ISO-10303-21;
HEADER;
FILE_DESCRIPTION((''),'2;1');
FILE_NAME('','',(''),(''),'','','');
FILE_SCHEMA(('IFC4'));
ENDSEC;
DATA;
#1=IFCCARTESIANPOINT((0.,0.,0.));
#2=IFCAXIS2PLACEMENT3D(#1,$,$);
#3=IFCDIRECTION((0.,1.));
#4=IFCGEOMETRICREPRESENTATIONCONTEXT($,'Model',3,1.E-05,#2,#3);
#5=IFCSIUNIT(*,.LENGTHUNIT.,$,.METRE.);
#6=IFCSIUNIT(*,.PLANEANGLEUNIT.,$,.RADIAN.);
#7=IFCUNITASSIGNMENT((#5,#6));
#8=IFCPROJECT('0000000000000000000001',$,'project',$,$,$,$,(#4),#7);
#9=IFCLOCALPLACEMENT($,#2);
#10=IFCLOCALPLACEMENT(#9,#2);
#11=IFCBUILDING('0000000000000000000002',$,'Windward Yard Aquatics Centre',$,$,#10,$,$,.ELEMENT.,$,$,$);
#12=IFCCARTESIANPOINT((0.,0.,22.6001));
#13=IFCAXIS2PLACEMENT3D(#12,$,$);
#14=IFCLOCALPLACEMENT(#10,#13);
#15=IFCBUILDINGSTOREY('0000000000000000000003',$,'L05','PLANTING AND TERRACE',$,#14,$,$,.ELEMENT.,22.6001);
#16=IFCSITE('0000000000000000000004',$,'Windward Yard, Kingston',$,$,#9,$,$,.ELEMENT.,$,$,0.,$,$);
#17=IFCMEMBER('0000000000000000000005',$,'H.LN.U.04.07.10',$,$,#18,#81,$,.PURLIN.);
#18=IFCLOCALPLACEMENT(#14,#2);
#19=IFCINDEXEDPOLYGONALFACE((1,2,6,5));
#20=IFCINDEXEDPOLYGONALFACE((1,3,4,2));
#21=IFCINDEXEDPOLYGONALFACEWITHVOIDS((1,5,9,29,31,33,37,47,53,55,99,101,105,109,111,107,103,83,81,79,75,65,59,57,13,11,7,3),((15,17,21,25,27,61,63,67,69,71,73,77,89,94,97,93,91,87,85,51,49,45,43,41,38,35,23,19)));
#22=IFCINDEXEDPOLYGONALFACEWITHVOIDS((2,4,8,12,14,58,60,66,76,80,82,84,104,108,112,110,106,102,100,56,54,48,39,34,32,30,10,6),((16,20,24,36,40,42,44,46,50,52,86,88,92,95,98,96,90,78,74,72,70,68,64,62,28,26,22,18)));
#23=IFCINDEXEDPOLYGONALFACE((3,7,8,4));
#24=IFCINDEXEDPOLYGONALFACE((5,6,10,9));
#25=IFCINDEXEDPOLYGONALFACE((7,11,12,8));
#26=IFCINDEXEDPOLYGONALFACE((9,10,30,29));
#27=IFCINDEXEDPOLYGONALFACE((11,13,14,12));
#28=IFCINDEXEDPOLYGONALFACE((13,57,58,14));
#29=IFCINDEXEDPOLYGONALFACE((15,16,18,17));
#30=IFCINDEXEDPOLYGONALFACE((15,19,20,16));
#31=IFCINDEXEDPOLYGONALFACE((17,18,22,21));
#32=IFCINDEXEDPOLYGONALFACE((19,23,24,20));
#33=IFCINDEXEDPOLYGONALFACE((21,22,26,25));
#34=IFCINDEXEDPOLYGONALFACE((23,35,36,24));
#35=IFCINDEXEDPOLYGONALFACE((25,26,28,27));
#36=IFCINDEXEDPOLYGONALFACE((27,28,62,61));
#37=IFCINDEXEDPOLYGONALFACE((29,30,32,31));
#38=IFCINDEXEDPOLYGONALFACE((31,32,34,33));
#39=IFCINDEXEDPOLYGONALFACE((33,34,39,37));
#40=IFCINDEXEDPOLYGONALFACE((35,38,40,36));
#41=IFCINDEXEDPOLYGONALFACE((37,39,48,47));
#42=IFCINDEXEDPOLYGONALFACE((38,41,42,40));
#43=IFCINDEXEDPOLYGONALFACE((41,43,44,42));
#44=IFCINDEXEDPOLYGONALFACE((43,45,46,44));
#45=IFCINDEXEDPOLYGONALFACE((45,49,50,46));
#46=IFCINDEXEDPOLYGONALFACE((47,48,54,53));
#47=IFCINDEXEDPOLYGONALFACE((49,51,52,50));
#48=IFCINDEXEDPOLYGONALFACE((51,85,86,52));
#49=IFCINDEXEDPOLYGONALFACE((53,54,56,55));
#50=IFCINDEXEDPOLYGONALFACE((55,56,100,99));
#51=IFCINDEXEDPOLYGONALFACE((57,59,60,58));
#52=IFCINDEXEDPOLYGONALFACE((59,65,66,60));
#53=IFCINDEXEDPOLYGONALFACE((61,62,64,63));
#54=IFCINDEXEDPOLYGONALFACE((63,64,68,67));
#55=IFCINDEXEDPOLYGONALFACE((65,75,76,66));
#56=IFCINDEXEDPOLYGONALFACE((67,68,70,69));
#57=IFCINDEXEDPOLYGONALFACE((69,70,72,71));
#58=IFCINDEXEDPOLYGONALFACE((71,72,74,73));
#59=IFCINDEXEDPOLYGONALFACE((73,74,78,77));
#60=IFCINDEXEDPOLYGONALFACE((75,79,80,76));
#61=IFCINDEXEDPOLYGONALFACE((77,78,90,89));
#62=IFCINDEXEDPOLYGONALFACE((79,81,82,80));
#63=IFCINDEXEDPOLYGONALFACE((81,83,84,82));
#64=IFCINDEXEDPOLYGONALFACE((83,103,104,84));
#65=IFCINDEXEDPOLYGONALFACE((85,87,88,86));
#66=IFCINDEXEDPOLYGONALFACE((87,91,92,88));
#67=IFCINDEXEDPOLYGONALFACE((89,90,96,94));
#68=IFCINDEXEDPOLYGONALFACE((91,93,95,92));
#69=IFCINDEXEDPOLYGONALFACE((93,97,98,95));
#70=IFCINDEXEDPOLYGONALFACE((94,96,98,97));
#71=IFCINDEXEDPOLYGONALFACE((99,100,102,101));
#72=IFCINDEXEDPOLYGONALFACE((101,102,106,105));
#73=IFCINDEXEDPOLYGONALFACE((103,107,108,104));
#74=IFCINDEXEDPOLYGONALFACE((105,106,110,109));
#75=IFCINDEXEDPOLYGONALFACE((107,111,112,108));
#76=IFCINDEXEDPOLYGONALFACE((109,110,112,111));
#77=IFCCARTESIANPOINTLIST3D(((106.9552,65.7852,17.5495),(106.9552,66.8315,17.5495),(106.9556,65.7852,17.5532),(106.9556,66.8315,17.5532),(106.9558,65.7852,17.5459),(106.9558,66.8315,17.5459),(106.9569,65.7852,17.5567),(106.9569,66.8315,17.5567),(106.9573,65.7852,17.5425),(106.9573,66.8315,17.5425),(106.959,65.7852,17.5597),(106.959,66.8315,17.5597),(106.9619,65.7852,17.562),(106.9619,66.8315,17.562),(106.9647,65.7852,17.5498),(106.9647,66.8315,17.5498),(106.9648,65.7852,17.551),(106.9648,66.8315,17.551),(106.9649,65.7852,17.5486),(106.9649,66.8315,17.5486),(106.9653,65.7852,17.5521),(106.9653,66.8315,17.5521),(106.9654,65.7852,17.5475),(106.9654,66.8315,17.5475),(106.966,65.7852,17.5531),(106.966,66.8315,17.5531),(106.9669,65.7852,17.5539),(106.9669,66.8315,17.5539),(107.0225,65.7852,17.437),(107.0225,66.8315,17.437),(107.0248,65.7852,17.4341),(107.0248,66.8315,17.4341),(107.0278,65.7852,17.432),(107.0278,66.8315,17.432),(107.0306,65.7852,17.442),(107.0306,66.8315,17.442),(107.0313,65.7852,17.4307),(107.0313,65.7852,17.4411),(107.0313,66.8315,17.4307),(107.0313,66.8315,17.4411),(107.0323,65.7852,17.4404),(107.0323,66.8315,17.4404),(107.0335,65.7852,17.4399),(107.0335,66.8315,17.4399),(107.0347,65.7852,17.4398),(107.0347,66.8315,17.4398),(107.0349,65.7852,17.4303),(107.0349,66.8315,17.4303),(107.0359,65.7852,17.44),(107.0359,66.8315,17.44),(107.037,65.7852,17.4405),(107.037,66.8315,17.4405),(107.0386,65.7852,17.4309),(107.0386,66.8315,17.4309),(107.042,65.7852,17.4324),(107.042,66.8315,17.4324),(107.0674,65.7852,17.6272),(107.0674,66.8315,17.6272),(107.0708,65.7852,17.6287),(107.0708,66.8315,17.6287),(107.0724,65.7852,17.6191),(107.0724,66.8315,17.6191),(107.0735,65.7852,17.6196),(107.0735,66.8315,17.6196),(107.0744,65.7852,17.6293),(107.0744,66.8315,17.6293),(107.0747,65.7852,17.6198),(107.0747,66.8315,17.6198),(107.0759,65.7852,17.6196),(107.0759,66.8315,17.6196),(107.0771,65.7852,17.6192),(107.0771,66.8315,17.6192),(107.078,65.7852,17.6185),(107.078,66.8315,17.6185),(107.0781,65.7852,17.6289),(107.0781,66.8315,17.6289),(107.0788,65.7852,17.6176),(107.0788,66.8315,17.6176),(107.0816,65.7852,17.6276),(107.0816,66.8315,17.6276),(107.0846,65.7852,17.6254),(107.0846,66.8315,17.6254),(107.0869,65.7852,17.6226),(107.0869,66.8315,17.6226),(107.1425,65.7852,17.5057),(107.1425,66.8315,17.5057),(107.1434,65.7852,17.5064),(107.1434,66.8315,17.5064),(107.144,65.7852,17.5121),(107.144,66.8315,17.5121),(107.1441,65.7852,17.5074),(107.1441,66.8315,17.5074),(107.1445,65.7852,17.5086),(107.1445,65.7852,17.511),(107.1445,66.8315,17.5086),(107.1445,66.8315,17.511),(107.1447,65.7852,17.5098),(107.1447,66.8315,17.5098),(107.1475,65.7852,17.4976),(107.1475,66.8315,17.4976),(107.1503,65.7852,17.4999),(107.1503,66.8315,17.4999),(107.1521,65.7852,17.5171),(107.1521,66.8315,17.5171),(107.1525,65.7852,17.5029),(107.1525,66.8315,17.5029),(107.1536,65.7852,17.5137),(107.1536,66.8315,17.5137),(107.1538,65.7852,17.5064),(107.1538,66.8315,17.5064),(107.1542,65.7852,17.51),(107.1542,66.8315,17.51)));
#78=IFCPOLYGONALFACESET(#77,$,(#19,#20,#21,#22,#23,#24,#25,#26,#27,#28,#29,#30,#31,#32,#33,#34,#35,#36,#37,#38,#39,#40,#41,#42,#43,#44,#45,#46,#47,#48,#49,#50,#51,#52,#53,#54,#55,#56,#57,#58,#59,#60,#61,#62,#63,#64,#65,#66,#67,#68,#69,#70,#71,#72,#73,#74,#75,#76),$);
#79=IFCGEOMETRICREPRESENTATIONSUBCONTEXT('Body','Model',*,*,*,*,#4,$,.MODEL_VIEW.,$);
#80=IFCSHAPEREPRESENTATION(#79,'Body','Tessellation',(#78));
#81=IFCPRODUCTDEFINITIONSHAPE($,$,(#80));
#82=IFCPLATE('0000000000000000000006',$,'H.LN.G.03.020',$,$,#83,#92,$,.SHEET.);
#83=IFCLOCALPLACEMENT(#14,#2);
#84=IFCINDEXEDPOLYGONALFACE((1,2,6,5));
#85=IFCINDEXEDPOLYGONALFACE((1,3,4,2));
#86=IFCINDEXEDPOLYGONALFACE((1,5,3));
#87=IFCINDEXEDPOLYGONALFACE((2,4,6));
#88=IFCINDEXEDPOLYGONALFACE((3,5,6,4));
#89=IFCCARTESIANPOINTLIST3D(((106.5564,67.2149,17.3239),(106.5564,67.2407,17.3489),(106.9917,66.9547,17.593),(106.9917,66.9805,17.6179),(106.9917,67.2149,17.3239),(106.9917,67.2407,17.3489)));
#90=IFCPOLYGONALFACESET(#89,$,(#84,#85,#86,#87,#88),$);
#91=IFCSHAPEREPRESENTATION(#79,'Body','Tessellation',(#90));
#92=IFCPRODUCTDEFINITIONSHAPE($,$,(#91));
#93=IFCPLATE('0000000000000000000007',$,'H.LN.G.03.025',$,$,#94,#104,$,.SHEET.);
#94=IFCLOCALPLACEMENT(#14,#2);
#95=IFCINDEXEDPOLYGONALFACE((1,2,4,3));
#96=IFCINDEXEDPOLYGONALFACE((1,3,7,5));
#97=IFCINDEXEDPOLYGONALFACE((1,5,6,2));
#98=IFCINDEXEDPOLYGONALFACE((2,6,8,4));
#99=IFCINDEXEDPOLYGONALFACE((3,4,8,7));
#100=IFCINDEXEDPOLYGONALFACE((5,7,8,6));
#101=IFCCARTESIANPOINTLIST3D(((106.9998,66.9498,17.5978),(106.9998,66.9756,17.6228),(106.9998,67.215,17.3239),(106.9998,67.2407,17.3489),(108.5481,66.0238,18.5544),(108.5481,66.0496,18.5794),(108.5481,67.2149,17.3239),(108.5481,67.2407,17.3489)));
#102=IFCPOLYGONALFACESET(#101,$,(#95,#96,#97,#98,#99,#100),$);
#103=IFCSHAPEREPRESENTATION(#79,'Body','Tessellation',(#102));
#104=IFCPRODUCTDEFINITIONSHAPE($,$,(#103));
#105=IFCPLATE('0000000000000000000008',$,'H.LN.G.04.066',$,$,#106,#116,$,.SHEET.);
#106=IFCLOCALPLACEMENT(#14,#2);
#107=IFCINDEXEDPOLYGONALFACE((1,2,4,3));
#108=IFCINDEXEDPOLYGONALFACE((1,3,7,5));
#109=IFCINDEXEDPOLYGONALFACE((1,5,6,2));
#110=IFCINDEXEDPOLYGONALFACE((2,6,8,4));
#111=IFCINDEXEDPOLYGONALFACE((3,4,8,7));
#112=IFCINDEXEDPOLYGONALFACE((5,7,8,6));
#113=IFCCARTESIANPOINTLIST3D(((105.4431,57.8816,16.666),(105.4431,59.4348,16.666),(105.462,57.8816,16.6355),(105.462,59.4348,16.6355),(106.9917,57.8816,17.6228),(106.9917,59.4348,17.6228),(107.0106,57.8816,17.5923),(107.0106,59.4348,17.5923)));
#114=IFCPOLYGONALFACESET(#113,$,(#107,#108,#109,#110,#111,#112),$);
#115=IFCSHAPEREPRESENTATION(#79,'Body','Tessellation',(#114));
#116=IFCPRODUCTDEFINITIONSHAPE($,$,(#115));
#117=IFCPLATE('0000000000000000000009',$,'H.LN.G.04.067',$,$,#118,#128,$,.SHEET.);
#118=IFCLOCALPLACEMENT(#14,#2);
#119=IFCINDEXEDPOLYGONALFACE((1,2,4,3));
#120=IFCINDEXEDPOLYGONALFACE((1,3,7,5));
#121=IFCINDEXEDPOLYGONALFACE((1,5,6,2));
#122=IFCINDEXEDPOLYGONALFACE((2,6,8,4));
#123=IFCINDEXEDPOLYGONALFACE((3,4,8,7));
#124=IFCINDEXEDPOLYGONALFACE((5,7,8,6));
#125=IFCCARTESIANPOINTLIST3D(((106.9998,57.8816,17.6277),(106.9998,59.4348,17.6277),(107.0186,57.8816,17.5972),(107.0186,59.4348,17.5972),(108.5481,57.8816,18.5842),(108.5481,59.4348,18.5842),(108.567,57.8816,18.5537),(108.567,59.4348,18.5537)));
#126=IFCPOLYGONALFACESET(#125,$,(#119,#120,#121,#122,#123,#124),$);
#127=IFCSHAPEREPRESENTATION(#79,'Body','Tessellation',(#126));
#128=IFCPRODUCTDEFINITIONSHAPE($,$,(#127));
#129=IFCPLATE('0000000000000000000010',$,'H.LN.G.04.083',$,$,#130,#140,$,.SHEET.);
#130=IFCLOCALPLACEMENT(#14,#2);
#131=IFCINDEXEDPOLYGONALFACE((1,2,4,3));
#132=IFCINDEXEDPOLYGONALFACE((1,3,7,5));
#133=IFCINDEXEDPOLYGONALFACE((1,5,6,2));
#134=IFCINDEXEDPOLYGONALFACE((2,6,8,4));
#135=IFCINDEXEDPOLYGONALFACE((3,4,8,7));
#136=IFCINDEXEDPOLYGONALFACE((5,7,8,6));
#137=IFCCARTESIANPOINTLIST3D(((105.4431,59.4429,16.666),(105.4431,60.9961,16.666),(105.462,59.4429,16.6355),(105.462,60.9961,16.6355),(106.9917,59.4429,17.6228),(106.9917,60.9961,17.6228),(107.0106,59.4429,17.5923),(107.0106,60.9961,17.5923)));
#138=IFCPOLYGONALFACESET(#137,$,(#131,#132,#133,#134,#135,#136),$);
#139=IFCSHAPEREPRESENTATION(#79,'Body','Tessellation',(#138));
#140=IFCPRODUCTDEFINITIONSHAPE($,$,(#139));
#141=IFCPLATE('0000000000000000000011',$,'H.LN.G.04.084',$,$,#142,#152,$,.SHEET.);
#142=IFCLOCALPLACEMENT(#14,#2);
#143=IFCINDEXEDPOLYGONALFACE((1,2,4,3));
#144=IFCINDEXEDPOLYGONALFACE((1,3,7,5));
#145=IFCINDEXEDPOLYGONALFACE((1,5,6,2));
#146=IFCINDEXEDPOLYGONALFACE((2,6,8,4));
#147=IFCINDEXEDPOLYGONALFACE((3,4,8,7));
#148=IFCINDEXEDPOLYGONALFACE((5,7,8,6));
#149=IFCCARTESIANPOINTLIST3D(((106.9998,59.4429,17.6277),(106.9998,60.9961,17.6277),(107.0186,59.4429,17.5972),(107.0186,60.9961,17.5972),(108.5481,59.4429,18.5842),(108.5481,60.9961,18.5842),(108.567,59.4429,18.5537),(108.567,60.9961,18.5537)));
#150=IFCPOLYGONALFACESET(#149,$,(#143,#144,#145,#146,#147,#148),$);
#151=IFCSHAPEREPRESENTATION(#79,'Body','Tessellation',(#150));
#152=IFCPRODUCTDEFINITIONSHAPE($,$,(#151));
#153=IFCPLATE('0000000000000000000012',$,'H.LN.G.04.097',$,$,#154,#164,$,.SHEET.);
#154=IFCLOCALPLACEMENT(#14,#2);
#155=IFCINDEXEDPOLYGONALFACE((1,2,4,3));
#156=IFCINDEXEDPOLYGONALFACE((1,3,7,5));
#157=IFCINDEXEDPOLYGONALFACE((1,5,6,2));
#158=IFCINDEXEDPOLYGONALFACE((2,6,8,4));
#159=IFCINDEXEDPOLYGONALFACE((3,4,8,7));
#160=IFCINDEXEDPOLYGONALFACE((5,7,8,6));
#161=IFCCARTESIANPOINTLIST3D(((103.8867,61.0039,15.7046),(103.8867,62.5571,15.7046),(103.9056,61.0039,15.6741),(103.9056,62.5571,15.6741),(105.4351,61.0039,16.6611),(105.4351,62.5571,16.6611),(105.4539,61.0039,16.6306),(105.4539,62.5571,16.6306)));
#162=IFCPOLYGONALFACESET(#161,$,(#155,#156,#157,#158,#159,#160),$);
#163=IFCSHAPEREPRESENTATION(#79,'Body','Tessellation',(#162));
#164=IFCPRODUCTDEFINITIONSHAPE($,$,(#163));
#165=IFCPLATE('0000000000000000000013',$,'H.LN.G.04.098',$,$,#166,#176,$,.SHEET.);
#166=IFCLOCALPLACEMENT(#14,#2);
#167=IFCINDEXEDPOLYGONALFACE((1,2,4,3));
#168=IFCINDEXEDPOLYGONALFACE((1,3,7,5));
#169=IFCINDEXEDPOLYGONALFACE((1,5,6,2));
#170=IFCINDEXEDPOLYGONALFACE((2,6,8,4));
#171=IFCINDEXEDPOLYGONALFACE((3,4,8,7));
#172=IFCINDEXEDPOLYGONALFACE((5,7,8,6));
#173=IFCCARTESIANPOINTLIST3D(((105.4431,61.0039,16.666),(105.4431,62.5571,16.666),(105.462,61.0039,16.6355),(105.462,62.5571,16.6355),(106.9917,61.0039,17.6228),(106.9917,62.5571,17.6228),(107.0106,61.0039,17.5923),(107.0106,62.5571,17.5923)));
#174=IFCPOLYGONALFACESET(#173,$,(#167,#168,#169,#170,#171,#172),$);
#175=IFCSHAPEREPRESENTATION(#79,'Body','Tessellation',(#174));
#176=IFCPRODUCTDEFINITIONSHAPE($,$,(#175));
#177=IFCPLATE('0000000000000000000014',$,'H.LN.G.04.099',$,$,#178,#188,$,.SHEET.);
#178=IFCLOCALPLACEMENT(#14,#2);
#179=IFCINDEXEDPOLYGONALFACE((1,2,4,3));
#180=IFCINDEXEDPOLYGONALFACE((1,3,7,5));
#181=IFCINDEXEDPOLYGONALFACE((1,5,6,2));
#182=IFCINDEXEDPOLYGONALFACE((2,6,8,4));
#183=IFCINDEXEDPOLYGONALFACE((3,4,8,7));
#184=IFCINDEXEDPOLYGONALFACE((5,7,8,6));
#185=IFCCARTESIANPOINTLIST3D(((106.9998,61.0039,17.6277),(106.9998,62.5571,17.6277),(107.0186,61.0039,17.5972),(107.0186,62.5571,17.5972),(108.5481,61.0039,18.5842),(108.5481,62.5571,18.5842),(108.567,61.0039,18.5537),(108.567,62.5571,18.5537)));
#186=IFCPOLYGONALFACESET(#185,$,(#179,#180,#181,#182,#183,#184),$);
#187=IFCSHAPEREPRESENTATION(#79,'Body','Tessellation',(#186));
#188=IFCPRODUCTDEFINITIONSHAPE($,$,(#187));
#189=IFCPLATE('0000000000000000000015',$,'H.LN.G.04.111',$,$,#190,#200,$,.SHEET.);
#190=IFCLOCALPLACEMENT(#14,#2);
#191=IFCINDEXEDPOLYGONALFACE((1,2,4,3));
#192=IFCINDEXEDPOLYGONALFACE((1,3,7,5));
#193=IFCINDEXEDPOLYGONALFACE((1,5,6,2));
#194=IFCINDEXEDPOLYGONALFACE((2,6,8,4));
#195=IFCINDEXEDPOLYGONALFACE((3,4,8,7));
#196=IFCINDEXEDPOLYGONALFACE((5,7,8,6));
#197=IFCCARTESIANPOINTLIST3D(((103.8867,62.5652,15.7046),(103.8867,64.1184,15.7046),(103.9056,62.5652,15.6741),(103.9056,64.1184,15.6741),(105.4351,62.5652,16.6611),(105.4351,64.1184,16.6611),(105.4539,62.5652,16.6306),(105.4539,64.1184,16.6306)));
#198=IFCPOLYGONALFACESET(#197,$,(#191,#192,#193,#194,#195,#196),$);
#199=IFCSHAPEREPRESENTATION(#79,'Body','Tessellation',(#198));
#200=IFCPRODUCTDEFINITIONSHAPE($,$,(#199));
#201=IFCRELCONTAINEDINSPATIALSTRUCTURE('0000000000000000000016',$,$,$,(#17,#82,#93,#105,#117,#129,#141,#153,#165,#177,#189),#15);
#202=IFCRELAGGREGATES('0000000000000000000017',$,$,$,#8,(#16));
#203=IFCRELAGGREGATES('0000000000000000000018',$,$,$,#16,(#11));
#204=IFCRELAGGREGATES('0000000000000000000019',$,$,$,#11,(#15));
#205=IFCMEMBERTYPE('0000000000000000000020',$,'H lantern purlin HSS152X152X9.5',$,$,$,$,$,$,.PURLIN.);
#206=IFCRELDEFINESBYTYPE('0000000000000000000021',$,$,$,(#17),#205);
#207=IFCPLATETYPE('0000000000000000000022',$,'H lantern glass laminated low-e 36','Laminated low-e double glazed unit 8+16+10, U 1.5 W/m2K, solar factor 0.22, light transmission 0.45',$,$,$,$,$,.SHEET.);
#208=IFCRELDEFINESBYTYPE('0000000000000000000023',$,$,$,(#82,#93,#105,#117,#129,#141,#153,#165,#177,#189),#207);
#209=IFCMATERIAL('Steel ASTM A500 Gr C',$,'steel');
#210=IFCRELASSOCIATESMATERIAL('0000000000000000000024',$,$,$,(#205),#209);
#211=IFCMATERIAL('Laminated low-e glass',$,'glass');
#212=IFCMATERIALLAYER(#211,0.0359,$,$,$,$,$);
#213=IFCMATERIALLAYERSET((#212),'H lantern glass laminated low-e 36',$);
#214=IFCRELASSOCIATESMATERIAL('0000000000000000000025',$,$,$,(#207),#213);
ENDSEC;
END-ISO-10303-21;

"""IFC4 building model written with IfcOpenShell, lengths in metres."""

from ifc_helpers import new_model, si_unit, direction, frame, origin, origin_2d, place, context, subcontext, project, spatial, polyline, hollow_rectangle, outline, extrude, material, layer, layer_set, material_profile, profile_set, type_object, element, save


model = new_model("IFC4")

# Units and contexts
model_context = context("Model", 3, precision=1e-05, world=origin(), true_north=direction((0.0, 1.0)))
body_context = subcontext(model_context, "Body", "Model", "MODEL_VIEW")
ifc_project = project(units=[si_unit("LENGTHUNIT", "METRE"), si_unit("PLANEANGLEUNIT", "RADIAN")], contexts=[model_context])

# Site, building, storey
site_placement = place(None, origin())
site = spatial("IfcSite", under=ifc_project, at=site_placement, Name="Windward Yard, Kingston", CompositionType="ELEMENT", RefElevation=0.0)
building_placement = place(site_placement, origin())
building = spatial("IfcBuilding", under=site, at=building_placement, Name="Windward Yard Aquatics Centre", CompositionType="ELEMENT")
storey_placement = place(building_placement, frame((0.0, 0.0, 22.6001)))
storey = spatial("IfcBuildingStorey", under=building, at=storey_placement, Name="L05", Description="PLANTING AND TERRACE", CompositionType="ELEMENT", Elevation=22.6001)

# Member
ifc_material_1 = material(Name="Steel ASTM A500 Gr C", Category="steel")
ifc_material_profile = material_profile(ifc_material_1, hollow_rectangle(XDim=0.1523, YDim=0.1523, WallThickness=0.0095, InnerFilletRadius=0.0046, OuterFilletRadius=0.0142, at=origin_2d()), Name="HSS152X152X9.5")
ifc_profile_set = profile_set([ifc_material_profile], Name="Steel ASTM A500 Gr C")
member_type = type_object("IfcMemberType", Name="H lantern purlin HSS152X152X9.5", PredefinedType="PURLIN", material=ifc_profile_set)
member_1_placement = place(storey_placement, frame((107.0547, 65.7852, 17.5298), z_axis=(0.0, 1.0, 0.0), x_axis=(-0.850755, 0.0, -0.525562)))
element("IfcMember", 1, at=member_1_placement, inside=storey, type_object=member_type, Name="H.LN.U.04.07.10", PredefinedType="PURLIN", context=body_context, shape_type="SweptSolid", body=[
    extrude(hollow_rectangle(XDim=0.1523, YDim=0.1523, WallThickness=0.0095, InnerFilletRadius=0.0046, OuterFilletRadius=0.0142, at=origin_2d()), origin(), (0.0, 0.0, 1.0), 1.0464),
])

# Plates
ifc_material_2 = material(Name="Laminated low-e glass", Category="glass")
ifc_layer = layer(ifc_material_2, 0.0359)
ifc_layer_set = layer_set([ifc_layer], Name="H lantern glass laminated low-e 36")
plate_type = type_object("IfcPlateType", Name="H lantern glass laminated low-e 36", Description="Laminated low-e double glazed unit 8+16+10, U 1.5 W/m2K, solar factor 0.22, light transmission 0.45", PredefinedType="SHEET", material=ifc_layer_set)
plate_1_placement = place(storey_placement, frame((106.5564, 67.2407, 17.3489), z_axis=(0.0, 0.718749, 0.695269), x_axis=(1.0, 0.0, 0.0)))
element("IfcPlate", 2, at=plate_1_placement, inside=storey, type_object=plate_type, Name="H.LN.G.03.020", PredefinedType="SHEET", context=body_context, shape_type="SweptSolid", body=[
    extrude(outline(polyline([(0.0, 0.0), (0.4353, 0.0), (0.4353, -0.3743), (0.0, 0.0)])), origin(), (0.0, 0.0, -1.0), 0.0359),
])
plate_2_placement = place(storey_placement, frame((106.9998, 66.9756, 17.6228), z_axis=(0.000015, 0.718499, 0.695528), x_axis=(0.0, 0.695528, -0.718499)))
element("IfcPlate", 3, at=plate_2_placement, inside=storey, type_object=plate_type, Name="H.LN.G.03.025", PredefinedType="SHEET", context=body_context, shape_type="SweptSolid", body=[
    extrude(outline(polyline([(0.0, 0.0), (0.3812, 0.0), (0.3812, -1.5483), (-1.3314, -1.5483), (0.0, 0.0)])), origin(), (0.0, 0.0, -1.0), 0.0359),
])
plate_3_placement = place(storey_placement, frame((105.4431, 57.8816, 16.666), z_axis=(-0.525616, 0.0, 0.850722), x_axis=(0.0, 1.0, 0.0)))
element("IfcPlate", 4, at=plate_3_placement, inside=storey, type_object=plate_type, Name="H.LN.G.04.066", PredefinedType="SHEET", context=body_context, shape_type="SweptSolid", body=[
    extrude(outline(polyline([(0.0, 0.0), (1.5532, 0.0), (1.5532, -1.8203), (0.0, -1.8203), (0.0, 0.0)])), origin(), (0.0, 0.0, -1.0), 0.0359),
])
plate_4_placement = place(storey_placement, frame((106.9998, 57.8816, 17.6277), z_axis=(-0.525579, 0.0, 0.850745), x_axis=(0.0, 1.0, 0.0)))
element("IfcPlate", 5, at=plate_4_placement, inside=storey, type_object=plate_type, Name="H.LN.G.04.067", PredefinedType="SHEET", context=body_context, shape_type="SweptSolid", body=[
    extrude(outline(polyline([(0.0, 0.0), (1.5532, 0.0), (1.5532, -1.82), (0.0, -1.82), (0.0, 0.0)])), origin(), (0.0, 0.0, -1.0), 0.0359),
])
plate_5_placement = place(storey_placement, frame((105.4431, 59.4429, 16.666), z_axis=(-0.525616, 0.0, 0.850722), x_axis=(0.0, 1.0, 0.0)))
element("IfcPlate", 6, at=plate_5_placement, inside=storey, type_object=plate_type, Name="H.LN.G.04.083", PredefinedType="SHEET", context=body_context, shape_type="SweptSolid", body=[
    extrude(outline(polyline([(0.0, 0.0), (1.5532, 0.0), (1.5532, -1.8203), (0.0, -1.8203), (0.0, 0.0)])), origin(), (0.0, 0.0, -1.0), 0.0359),
])
for number, where, z_axis, x_axis, name in (
    (7, (106.9998, 59.4429, 17.6277), (-0.525579, 0.0, 0.850745), (0.0, 1.0, 0.0), "H.LN.G.04.084"),
    (8, (103.8867, 61.0039, 15.7046), (-0.525579, 0.0, 0.850745), (0.0, 1.0, 0.0), "H.LN.G.04.097"),
):
    element("IfcPlate", number, at=place(storey_placement, frame(where, z_axis=z_axis, x_axis=x_axis)), inside=storey, type_object=plate_type, Name=name, PredefinedType="SHEET", context=body_context, shape_type="SweptSolid", body=[
        extrude(outline(polyline([(0.0, 0.0), (1.5532, 0.0), (1.5532, -1.82), (0.0, -1.82), (0.0, 0.0)])), origin(), (0.0, 0.0, -1.0), 0.0359),
    ])
plate_6_placement = place(storey_placement, frame((105.4431, 61.0039, 16.666), z_axis=(-0.525616, 0.0, 0.850722), x_axis=(0.0, 1.0, 0.0)))
element("IfcPlate", 9, at=plate_6_placement, inside=storey, type_object=plate_type, Name="H.LN.G.04.098", PredefinedType="SHEET", context=body_context, shape_type="SweptSolid", body=[
    extrude(outline(polyline([(0.0, 0.0), (1.5532, 0.0), (1.5532, -1.8203), (0.0, -1.8203), (0.0, 0.0)])), origin(), (0.0, 0.0, -1.0), 0.0359),
])
for number, where, z_axis, x_axis, name in (
    (10, (106.9998, 61.0039, 17.6277), (-0.525579, 0.0, 0.850745), (0.0, 1.0, 0.0), "H.LN.G.04.099"),
    (11, (103.8867, 62.5652, 15.7046), (-0.525579, 0.0, 0.850745), (0.0, 1.0, 0.0), "H.LN.G.04.111"),
):
    element("IfcPlate", number, at=place(storey_placement, frame(where, z_axis=z_axis, x_axis=x_axis)), inside=storey, type_object=plate_type, Name=name, PredefinedType="SHEET", context=body_context, shape_type="SweptSolid", body=[
        extrude(outline(polyline([(0.0, 0.0), (1.5532, 0.0), (1.5532, -1.82), (0.0, -1.82), (0.0, 0.0)])), origin(), (0.0, 0.0, -1.0), 0.0359),
    ])

save(model, "model.ifc")
